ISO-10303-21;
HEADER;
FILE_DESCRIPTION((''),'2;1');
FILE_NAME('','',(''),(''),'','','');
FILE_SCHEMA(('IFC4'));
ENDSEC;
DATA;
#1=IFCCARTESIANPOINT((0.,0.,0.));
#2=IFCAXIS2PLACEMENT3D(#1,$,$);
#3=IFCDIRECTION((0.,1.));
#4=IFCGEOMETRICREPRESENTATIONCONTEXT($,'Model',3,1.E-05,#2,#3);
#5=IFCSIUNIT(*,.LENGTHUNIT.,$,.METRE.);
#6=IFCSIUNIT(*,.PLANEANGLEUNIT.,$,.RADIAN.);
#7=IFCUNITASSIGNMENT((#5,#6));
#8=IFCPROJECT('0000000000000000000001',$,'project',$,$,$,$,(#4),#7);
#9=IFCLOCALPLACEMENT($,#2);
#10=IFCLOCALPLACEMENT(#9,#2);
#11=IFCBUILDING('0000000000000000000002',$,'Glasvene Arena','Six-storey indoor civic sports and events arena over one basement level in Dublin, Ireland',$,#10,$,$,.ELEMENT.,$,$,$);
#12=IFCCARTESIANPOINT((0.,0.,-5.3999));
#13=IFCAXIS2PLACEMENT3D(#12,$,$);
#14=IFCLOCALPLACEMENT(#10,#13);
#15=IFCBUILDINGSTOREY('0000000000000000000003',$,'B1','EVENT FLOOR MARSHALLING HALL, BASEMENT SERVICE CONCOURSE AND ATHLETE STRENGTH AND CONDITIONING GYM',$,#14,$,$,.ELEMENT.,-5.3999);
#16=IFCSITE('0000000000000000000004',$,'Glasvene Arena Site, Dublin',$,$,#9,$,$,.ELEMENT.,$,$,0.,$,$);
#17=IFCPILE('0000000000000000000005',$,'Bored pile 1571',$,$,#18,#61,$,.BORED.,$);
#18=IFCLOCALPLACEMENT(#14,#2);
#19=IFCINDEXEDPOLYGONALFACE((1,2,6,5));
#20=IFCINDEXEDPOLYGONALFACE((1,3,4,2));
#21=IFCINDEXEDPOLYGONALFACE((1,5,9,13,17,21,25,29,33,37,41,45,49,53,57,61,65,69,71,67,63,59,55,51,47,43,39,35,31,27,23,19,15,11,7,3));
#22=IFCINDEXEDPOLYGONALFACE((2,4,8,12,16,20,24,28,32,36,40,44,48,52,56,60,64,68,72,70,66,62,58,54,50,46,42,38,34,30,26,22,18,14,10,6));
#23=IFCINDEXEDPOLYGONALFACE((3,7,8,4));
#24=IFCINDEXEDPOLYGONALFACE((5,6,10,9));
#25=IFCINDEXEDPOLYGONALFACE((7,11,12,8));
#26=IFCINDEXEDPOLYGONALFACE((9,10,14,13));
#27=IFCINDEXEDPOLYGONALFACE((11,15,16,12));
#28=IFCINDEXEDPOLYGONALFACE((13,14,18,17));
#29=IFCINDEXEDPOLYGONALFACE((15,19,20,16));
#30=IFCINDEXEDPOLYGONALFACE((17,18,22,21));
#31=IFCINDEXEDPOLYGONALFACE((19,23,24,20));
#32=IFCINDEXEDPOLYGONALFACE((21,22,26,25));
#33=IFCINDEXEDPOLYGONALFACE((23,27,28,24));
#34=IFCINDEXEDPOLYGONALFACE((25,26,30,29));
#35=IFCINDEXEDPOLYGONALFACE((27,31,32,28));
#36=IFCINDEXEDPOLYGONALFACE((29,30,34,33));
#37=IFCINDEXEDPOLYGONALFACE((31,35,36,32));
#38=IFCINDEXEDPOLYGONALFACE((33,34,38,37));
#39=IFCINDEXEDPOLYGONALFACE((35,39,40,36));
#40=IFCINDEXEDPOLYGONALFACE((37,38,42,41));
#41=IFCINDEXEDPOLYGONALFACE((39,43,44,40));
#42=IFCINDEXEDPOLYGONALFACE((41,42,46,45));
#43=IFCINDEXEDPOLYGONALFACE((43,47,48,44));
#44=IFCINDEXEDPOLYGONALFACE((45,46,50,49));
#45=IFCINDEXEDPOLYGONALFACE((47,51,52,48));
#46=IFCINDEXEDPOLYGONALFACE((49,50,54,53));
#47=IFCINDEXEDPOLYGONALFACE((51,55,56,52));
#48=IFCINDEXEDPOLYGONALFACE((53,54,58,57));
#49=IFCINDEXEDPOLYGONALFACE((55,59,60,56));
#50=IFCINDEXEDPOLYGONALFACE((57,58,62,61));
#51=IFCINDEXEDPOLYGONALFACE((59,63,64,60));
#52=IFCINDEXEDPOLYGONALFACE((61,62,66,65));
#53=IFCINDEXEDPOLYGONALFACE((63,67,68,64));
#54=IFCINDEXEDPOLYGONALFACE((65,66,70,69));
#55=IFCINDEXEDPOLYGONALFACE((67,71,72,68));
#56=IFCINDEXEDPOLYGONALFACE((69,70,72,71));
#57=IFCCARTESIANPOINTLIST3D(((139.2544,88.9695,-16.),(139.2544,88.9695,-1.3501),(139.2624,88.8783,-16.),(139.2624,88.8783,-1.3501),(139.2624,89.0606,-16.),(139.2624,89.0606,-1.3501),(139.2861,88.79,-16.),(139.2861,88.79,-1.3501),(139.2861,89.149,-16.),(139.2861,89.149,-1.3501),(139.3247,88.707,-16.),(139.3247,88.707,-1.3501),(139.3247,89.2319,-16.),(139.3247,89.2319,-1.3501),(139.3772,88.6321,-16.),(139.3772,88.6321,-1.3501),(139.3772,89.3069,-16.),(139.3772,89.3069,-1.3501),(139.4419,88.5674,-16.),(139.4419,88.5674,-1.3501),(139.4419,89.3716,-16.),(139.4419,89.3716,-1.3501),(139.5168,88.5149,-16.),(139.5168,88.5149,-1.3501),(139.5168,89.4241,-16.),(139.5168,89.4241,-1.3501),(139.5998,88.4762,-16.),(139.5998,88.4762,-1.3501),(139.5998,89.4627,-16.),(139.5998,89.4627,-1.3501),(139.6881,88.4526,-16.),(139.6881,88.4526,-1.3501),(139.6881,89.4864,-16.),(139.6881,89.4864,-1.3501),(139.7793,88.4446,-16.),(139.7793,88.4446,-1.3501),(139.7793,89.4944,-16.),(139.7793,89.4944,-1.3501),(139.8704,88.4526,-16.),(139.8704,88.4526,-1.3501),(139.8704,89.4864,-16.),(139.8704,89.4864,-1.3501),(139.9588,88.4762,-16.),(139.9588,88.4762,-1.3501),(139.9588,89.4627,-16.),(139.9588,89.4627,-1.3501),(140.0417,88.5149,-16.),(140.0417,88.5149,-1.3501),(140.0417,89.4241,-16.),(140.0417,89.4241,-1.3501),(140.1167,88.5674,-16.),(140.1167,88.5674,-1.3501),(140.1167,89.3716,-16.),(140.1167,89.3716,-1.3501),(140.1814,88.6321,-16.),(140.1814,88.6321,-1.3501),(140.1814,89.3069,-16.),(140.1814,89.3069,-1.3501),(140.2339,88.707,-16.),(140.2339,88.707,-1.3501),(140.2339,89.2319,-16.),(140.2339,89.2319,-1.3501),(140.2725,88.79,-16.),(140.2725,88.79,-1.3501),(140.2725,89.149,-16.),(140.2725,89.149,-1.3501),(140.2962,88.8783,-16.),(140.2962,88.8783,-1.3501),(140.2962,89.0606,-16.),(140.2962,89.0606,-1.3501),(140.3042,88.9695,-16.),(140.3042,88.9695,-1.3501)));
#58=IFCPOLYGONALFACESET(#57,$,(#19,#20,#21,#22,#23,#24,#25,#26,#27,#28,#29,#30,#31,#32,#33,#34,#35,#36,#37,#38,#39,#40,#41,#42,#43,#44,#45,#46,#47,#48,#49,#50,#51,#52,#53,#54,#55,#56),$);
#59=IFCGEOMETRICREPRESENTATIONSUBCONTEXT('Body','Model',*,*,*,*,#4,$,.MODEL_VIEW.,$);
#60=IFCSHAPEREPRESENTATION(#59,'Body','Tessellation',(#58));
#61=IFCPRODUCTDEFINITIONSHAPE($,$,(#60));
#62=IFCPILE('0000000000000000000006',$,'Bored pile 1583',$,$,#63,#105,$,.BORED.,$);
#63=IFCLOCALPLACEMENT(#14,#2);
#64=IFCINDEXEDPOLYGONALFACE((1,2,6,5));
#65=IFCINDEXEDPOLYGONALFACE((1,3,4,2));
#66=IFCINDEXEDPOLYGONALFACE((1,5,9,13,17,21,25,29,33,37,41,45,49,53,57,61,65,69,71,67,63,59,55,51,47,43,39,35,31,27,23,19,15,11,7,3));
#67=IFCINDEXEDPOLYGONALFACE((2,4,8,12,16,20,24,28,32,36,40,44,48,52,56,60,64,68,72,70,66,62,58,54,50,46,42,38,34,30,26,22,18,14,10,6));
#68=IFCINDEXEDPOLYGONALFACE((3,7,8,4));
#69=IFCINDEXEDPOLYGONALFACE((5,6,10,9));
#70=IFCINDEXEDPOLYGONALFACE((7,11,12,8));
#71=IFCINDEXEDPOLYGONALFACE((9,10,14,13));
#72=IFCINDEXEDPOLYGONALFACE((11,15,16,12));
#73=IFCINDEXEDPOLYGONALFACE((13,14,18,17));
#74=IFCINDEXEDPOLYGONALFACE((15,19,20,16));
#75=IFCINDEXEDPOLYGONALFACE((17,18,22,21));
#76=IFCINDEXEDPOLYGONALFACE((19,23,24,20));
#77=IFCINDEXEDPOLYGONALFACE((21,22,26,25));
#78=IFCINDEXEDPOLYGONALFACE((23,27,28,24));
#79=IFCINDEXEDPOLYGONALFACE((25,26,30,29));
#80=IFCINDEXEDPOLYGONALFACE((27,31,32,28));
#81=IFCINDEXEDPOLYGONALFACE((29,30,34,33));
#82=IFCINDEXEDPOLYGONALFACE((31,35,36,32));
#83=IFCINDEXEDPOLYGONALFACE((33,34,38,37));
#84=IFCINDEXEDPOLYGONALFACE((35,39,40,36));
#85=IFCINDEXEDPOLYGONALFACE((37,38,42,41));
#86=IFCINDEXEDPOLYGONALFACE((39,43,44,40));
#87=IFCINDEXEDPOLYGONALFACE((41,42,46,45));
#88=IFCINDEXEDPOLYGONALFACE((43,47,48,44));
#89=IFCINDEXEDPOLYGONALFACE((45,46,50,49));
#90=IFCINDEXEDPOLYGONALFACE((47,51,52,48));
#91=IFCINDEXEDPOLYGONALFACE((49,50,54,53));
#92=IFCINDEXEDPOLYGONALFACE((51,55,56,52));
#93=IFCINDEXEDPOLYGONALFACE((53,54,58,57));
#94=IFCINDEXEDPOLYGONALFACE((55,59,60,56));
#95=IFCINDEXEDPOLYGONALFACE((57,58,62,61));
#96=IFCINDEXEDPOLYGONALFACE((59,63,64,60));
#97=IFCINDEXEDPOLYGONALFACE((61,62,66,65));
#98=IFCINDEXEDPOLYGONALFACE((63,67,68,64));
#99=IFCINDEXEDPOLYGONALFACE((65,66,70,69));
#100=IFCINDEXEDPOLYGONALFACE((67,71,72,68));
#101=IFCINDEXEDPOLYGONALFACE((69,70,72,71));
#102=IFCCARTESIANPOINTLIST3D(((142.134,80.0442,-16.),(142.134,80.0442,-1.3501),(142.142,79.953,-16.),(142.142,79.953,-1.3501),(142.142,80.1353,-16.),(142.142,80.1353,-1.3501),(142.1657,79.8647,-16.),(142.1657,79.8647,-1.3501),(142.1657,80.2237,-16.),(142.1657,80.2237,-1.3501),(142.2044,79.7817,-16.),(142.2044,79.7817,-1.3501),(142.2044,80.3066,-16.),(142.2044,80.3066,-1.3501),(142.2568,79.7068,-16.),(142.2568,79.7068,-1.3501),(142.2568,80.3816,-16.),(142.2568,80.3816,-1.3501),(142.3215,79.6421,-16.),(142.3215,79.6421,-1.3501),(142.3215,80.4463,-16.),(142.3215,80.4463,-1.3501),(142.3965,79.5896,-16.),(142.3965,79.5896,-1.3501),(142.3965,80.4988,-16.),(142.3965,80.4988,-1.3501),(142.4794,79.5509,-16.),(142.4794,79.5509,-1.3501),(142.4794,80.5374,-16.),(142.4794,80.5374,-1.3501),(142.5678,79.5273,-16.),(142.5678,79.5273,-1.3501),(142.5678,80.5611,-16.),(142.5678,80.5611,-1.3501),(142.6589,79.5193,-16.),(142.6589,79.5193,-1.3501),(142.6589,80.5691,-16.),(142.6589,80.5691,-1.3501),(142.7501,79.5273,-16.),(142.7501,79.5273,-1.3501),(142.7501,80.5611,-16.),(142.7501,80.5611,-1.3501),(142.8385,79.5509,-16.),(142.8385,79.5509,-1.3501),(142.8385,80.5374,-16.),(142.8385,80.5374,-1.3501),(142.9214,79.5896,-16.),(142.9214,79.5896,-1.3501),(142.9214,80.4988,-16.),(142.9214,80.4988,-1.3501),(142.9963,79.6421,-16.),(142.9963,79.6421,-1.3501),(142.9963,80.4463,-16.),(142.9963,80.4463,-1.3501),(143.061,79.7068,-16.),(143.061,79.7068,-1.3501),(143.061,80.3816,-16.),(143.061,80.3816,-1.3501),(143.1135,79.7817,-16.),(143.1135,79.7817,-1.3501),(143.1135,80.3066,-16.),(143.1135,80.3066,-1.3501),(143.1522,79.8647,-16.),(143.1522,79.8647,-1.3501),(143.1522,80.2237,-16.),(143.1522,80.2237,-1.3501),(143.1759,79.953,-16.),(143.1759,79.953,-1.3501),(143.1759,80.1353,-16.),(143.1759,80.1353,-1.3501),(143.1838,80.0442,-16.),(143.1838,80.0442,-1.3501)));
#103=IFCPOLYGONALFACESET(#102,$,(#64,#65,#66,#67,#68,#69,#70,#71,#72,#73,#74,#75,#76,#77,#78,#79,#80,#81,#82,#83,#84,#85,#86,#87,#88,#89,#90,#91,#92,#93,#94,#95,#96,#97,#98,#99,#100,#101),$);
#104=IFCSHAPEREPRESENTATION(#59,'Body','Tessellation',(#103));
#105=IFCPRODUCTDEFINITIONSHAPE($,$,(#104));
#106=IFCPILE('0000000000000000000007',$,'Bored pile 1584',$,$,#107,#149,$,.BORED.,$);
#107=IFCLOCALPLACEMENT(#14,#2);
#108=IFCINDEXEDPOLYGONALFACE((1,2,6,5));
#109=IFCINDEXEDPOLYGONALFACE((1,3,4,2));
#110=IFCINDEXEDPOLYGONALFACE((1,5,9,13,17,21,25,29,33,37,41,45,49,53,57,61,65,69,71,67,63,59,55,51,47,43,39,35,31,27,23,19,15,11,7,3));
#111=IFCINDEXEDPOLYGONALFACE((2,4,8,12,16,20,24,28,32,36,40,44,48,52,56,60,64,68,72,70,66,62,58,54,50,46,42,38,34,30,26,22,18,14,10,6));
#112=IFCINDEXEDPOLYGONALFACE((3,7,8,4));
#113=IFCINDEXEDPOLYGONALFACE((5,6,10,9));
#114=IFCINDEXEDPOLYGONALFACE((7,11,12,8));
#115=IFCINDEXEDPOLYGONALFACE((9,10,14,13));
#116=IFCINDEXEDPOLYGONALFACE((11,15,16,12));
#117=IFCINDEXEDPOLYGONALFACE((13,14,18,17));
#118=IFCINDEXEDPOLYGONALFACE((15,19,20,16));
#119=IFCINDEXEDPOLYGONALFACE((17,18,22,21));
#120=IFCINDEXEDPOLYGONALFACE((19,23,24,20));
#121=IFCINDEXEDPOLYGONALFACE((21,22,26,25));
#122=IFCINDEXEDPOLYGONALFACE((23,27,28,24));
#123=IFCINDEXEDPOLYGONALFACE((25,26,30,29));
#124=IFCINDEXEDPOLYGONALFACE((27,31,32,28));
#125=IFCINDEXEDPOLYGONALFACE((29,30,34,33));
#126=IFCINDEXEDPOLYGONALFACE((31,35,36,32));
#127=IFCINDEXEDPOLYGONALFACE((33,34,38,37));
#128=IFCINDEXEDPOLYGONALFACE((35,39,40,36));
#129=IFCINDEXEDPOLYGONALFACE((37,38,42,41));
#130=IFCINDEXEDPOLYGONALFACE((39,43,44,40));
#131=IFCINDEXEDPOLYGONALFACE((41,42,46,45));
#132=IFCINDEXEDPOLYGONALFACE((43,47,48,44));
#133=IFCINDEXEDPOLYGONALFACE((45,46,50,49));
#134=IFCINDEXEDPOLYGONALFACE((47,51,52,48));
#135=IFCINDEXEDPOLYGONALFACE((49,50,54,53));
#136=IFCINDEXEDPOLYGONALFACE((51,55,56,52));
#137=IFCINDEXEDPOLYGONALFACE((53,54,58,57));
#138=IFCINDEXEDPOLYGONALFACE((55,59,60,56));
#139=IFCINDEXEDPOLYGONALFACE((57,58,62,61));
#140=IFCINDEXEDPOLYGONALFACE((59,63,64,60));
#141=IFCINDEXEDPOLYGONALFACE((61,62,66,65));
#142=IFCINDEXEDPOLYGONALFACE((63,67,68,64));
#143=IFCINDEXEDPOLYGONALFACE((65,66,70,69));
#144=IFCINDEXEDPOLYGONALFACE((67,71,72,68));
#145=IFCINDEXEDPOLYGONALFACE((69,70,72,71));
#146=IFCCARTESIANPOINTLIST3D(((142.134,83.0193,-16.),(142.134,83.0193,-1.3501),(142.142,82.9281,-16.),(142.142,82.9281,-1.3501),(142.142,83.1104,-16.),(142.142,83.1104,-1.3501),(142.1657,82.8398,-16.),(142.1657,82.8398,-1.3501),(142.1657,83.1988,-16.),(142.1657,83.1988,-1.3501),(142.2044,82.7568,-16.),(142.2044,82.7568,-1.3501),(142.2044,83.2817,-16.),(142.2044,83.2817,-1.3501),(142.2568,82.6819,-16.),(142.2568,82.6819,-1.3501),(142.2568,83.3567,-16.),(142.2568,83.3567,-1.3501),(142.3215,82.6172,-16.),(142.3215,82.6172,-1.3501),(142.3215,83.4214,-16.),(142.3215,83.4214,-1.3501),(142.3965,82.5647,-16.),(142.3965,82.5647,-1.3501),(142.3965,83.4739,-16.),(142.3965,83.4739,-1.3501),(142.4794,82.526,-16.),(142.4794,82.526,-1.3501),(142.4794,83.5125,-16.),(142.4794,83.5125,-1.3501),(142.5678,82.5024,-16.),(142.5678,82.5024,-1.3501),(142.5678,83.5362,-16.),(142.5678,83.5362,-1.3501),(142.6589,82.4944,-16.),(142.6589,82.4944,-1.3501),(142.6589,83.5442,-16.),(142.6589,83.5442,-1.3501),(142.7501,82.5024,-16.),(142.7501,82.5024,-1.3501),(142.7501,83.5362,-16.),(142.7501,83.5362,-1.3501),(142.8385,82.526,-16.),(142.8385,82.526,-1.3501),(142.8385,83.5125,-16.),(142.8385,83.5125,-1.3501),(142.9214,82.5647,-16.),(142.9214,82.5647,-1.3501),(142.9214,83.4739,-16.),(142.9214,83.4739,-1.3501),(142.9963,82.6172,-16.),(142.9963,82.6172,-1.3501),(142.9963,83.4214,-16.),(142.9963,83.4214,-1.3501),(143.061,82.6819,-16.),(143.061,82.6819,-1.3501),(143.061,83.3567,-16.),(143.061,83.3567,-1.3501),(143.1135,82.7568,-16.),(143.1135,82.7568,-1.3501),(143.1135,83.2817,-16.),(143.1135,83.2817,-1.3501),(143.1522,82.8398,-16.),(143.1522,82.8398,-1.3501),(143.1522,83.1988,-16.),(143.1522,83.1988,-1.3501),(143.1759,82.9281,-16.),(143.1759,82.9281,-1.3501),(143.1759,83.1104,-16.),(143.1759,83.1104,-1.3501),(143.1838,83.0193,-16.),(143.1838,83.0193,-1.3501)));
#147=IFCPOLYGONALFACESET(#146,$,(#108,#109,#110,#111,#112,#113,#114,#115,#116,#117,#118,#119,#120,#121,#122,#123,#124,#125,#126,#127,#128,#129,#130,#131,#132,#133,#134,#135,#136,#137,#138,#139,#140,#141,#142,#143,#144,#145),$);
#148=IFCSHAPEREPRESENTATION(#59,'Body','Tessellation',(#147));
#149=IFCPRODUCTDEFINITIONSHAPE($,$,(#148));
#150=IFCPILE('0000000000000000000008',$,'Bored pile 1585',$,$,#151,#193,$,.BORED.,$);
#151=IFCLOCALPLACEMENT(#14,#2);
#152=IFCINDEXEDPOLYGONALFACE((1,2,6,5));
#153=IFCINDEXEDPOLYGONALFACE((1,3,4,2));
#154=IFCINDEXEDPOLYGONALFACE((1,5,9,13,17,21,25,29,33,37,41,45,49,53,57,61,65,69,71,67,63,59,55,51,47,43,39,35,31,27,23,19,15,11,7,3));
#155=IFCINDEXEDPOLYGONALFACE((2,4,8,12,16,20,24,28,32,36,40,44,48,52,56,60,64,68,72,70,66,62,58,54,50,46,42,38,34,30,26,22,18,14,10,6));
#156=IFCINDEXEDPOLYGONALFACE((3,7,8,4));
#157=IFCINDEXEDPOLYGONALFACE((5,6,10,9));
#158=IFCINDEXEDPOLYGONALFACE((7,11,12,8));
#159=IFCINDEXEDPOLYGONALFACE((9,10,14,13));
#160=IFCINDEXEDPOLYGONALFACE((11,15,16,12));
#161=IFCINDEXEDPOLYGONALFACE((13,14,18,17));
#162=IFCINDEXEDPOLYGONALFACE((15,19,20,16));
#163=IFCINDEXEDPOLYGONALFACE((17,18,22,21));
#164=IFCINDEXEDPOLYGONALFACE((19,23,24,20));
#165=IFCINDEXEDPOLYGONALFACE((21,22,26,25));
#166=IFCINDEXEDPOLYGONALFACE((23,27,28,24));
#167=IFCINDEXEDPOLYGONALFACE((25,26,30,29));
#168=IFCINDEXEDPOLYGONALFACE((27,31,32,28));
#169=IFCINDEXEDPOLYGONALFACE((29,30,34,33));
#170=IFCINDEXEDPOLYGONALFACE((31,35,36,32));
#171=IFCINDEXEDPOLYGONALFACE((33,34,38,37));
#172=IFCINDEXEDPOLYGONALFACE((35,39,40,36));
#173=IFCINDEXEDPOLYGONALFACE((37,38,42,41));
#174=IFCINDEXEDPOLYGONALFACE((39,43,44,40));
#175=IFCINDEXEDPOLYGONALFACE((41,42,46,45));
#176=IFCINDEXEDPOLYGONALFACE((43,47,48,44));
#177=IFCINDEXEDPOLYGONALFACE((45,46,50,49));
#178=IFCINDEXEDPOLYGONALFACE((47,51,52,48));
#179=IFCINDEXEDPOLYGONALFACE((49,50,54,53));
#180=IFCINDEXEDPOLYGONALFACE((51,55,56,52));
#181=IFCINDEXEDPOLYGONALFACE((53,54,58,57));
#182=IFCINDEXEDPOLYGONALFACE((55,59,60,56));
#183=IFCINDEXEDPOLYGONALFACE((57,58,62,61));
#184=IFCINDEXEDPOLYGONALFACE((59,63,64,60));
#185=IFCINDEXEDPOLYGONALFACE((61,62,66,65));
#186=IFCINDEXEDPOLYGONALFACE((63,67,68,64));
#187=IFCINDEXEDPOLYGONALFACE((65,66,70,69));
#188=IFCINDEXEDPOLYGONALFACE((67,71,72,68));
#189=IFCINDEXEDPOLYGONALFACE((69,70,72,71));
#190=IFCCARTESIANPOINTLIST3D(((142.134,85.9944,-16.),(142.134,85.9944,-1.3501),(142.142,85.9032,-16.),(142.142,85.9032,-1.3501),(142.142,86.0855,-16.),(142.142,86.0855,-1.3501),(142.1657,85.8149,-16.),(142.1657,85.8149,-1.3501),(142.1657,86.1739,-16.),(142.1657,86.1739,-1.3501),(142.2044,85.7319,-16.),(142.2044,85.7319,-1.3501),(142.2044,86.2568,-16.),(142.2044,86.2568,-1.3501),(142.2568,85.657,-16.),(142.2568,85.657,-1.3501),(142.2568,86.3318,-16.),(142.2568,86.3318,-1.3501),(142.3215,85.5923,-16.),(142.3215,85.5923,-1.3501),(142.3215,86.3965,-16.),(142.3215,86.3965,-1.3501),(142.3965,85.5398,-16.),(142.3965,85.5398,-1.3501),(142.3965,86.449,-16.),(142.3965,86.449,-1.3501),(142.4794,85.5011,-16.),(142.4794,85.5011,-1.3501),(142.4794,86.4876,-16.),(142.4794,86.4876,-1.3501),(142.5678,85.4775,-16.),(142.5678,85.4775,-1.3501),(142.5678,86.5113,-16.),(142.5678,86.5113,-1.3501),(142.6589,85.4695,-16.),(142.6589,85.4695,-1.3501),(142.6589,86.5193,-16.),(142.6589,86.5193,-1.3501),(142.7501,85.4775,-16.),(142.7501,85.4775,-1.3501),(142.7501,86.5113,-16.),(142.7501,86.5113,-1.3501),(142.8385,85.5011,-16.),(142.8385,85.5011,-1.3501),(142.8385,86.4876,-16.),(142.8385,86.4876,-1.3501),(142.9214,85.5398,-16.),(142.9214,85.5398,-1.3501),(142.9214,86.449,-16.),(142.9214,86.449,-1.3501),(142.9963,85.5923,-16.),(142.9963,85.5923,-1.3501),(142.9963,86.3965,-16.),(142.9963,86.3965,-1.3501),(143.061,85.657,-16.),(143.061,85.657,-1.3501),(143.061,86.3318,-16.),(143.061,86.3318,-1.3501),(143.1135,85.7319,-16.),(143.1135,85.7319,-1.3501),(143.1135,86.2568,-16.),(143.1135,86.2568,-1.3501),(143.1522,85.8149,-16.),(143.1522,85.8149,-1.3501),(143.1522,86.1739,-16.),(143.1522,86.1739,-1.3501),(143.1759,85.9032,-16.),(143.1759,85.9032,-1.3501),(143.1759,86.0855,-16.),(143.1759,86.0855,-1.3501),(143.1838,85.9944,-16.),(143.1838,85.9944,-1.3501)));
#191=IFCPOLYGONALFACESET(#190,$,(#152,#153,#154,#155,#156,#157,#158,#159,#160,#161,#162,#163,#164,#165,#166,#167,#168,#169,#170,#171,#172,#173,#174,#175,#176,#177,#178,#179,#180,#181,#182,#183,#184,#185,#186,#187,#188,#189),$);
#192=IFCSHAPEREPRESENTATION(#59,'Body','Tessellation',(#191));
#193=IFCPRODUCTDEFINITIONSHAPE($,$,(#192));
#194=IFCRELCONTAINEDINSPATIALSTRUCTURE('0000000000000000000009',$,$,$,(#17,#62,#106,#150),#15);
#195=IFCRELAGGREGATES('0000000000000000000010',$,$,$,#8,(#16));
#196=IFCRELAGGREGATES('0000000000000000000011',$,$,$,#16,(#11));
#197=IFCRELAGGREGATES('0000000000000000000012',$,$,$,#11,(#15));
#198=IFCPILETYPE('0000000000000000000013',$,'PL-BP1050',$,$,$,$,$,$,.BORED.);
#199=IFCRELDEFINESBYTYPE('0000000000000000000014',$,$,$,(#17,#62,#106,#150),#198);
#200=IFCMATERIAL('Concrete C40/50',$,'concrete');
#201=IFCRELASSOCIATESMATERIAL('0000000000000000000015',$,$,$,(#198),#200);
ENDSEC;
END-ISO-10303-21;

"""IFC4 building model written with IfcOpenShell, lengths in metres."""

from ifc_helpers import new_model, si_unit, direction, frame, origin, origin_2d, place, context, subcontext, project, spatial, circle, extrude, material, material_profile, profile_set, type_object, element, save


model = new_model("IFC4")

# Units and contexts
model_context = context("Model", 3, precision=1e-05, world=origin(), true_north=direction((0.0, 1.0)))
body_context = subcontext(model_context, "Body", "Model", "MODEL_VIEW")
ifc_project = project(units=[si_unit("LENGTHUNIT", "METRE"), si_unit("PLANEANGLEUNIT", "RADIAN")], contexts=[model_context])

# Site, building, storey
site_placement = place(None, origin())
site = spatial("IfcSite", under=ifc_project, at=site_placement, Name="Glasvene Arena Site, Dublin", CompositionType="ELEMENT", RefElevation=0.0)
building_placement = place(site_placement, origin())
building = spatial("IfcBuilding", under=site, at=building_placement, Name="Glasvene Arena", Description="Six-storey indoor civic sports and events arena over one basement level in Dublin, Ireland", CompositionType="ELEMENT")
storey_placement = place(building_placement, frame((0.0, 0.0, -5.3999)))
storey = spatial("IfcBuildingStorey", under=building, at=storey_placement, Name="B1", Description="EVENT FLOOR MARSHALLING HALL, BASEMENT SERVICE CONCOURSE AND ATHLETE STRENGTH AND CONDITIONING GYM", CompositionType="ELEMENT", Elevation=-5.3999)

# Shared definitions
ifc_material_1 = material(Name="Concrete C40/50", Category="concrete")

# Piles
ifc_material_profile_1 = material_profile(ifc_material_1, circle(Radius=0.5249, at=origin_2d()), Name="BORED PILE 1050")
ifc_profile_set_1 = profile_set([ifc_material_profile_1], Name="Concrete C40/50")
pile_type_1 = type_object("IfcPileType", Name="PL-BP1050", PredefinedType="BORED", material=ifc_profile_set_1)
for number, where, z_axis, x_axis, name in (
    (1, (139.7793, 88.9695, -1.3501), (0.0, 0.0, -1.0), (1.0, 0.0, 0.0), "Bored pile 1571"),
    (2, (142.6589, 80.0442, -1.3501), (0.0, 0.0, -1.0), (1.0, 0.0, 0.0), "Bored pile 1583"),
    (3, (142.6589, 83.0193, -1.3501), (0.0, 0.0, -1.0), (1.0, 0.0, 0.0), "Bored pile 1584"),
    (4, (142.6589, 85.9944, -1.3501), (0.0, 0.0, -1.0), (1.0, 0.0, 0.0), "Bored pile 1585"),
):
    element("IfcPile", number, at=place(storey_placement, frame(where, z_axis=z_axis, x_axis=x_axis)), inside=storey, type_object=pile_type_1, Name=name, PredefinedType="BORED", context=body_context, shape_type="SweptSolid", body=[
        extrude(circle(Radius=0.5249, at=origin_2d()), origin(), (0.0, 0.0, 1.0), 14.6499),
    ])

save(model, "model.ifc")
